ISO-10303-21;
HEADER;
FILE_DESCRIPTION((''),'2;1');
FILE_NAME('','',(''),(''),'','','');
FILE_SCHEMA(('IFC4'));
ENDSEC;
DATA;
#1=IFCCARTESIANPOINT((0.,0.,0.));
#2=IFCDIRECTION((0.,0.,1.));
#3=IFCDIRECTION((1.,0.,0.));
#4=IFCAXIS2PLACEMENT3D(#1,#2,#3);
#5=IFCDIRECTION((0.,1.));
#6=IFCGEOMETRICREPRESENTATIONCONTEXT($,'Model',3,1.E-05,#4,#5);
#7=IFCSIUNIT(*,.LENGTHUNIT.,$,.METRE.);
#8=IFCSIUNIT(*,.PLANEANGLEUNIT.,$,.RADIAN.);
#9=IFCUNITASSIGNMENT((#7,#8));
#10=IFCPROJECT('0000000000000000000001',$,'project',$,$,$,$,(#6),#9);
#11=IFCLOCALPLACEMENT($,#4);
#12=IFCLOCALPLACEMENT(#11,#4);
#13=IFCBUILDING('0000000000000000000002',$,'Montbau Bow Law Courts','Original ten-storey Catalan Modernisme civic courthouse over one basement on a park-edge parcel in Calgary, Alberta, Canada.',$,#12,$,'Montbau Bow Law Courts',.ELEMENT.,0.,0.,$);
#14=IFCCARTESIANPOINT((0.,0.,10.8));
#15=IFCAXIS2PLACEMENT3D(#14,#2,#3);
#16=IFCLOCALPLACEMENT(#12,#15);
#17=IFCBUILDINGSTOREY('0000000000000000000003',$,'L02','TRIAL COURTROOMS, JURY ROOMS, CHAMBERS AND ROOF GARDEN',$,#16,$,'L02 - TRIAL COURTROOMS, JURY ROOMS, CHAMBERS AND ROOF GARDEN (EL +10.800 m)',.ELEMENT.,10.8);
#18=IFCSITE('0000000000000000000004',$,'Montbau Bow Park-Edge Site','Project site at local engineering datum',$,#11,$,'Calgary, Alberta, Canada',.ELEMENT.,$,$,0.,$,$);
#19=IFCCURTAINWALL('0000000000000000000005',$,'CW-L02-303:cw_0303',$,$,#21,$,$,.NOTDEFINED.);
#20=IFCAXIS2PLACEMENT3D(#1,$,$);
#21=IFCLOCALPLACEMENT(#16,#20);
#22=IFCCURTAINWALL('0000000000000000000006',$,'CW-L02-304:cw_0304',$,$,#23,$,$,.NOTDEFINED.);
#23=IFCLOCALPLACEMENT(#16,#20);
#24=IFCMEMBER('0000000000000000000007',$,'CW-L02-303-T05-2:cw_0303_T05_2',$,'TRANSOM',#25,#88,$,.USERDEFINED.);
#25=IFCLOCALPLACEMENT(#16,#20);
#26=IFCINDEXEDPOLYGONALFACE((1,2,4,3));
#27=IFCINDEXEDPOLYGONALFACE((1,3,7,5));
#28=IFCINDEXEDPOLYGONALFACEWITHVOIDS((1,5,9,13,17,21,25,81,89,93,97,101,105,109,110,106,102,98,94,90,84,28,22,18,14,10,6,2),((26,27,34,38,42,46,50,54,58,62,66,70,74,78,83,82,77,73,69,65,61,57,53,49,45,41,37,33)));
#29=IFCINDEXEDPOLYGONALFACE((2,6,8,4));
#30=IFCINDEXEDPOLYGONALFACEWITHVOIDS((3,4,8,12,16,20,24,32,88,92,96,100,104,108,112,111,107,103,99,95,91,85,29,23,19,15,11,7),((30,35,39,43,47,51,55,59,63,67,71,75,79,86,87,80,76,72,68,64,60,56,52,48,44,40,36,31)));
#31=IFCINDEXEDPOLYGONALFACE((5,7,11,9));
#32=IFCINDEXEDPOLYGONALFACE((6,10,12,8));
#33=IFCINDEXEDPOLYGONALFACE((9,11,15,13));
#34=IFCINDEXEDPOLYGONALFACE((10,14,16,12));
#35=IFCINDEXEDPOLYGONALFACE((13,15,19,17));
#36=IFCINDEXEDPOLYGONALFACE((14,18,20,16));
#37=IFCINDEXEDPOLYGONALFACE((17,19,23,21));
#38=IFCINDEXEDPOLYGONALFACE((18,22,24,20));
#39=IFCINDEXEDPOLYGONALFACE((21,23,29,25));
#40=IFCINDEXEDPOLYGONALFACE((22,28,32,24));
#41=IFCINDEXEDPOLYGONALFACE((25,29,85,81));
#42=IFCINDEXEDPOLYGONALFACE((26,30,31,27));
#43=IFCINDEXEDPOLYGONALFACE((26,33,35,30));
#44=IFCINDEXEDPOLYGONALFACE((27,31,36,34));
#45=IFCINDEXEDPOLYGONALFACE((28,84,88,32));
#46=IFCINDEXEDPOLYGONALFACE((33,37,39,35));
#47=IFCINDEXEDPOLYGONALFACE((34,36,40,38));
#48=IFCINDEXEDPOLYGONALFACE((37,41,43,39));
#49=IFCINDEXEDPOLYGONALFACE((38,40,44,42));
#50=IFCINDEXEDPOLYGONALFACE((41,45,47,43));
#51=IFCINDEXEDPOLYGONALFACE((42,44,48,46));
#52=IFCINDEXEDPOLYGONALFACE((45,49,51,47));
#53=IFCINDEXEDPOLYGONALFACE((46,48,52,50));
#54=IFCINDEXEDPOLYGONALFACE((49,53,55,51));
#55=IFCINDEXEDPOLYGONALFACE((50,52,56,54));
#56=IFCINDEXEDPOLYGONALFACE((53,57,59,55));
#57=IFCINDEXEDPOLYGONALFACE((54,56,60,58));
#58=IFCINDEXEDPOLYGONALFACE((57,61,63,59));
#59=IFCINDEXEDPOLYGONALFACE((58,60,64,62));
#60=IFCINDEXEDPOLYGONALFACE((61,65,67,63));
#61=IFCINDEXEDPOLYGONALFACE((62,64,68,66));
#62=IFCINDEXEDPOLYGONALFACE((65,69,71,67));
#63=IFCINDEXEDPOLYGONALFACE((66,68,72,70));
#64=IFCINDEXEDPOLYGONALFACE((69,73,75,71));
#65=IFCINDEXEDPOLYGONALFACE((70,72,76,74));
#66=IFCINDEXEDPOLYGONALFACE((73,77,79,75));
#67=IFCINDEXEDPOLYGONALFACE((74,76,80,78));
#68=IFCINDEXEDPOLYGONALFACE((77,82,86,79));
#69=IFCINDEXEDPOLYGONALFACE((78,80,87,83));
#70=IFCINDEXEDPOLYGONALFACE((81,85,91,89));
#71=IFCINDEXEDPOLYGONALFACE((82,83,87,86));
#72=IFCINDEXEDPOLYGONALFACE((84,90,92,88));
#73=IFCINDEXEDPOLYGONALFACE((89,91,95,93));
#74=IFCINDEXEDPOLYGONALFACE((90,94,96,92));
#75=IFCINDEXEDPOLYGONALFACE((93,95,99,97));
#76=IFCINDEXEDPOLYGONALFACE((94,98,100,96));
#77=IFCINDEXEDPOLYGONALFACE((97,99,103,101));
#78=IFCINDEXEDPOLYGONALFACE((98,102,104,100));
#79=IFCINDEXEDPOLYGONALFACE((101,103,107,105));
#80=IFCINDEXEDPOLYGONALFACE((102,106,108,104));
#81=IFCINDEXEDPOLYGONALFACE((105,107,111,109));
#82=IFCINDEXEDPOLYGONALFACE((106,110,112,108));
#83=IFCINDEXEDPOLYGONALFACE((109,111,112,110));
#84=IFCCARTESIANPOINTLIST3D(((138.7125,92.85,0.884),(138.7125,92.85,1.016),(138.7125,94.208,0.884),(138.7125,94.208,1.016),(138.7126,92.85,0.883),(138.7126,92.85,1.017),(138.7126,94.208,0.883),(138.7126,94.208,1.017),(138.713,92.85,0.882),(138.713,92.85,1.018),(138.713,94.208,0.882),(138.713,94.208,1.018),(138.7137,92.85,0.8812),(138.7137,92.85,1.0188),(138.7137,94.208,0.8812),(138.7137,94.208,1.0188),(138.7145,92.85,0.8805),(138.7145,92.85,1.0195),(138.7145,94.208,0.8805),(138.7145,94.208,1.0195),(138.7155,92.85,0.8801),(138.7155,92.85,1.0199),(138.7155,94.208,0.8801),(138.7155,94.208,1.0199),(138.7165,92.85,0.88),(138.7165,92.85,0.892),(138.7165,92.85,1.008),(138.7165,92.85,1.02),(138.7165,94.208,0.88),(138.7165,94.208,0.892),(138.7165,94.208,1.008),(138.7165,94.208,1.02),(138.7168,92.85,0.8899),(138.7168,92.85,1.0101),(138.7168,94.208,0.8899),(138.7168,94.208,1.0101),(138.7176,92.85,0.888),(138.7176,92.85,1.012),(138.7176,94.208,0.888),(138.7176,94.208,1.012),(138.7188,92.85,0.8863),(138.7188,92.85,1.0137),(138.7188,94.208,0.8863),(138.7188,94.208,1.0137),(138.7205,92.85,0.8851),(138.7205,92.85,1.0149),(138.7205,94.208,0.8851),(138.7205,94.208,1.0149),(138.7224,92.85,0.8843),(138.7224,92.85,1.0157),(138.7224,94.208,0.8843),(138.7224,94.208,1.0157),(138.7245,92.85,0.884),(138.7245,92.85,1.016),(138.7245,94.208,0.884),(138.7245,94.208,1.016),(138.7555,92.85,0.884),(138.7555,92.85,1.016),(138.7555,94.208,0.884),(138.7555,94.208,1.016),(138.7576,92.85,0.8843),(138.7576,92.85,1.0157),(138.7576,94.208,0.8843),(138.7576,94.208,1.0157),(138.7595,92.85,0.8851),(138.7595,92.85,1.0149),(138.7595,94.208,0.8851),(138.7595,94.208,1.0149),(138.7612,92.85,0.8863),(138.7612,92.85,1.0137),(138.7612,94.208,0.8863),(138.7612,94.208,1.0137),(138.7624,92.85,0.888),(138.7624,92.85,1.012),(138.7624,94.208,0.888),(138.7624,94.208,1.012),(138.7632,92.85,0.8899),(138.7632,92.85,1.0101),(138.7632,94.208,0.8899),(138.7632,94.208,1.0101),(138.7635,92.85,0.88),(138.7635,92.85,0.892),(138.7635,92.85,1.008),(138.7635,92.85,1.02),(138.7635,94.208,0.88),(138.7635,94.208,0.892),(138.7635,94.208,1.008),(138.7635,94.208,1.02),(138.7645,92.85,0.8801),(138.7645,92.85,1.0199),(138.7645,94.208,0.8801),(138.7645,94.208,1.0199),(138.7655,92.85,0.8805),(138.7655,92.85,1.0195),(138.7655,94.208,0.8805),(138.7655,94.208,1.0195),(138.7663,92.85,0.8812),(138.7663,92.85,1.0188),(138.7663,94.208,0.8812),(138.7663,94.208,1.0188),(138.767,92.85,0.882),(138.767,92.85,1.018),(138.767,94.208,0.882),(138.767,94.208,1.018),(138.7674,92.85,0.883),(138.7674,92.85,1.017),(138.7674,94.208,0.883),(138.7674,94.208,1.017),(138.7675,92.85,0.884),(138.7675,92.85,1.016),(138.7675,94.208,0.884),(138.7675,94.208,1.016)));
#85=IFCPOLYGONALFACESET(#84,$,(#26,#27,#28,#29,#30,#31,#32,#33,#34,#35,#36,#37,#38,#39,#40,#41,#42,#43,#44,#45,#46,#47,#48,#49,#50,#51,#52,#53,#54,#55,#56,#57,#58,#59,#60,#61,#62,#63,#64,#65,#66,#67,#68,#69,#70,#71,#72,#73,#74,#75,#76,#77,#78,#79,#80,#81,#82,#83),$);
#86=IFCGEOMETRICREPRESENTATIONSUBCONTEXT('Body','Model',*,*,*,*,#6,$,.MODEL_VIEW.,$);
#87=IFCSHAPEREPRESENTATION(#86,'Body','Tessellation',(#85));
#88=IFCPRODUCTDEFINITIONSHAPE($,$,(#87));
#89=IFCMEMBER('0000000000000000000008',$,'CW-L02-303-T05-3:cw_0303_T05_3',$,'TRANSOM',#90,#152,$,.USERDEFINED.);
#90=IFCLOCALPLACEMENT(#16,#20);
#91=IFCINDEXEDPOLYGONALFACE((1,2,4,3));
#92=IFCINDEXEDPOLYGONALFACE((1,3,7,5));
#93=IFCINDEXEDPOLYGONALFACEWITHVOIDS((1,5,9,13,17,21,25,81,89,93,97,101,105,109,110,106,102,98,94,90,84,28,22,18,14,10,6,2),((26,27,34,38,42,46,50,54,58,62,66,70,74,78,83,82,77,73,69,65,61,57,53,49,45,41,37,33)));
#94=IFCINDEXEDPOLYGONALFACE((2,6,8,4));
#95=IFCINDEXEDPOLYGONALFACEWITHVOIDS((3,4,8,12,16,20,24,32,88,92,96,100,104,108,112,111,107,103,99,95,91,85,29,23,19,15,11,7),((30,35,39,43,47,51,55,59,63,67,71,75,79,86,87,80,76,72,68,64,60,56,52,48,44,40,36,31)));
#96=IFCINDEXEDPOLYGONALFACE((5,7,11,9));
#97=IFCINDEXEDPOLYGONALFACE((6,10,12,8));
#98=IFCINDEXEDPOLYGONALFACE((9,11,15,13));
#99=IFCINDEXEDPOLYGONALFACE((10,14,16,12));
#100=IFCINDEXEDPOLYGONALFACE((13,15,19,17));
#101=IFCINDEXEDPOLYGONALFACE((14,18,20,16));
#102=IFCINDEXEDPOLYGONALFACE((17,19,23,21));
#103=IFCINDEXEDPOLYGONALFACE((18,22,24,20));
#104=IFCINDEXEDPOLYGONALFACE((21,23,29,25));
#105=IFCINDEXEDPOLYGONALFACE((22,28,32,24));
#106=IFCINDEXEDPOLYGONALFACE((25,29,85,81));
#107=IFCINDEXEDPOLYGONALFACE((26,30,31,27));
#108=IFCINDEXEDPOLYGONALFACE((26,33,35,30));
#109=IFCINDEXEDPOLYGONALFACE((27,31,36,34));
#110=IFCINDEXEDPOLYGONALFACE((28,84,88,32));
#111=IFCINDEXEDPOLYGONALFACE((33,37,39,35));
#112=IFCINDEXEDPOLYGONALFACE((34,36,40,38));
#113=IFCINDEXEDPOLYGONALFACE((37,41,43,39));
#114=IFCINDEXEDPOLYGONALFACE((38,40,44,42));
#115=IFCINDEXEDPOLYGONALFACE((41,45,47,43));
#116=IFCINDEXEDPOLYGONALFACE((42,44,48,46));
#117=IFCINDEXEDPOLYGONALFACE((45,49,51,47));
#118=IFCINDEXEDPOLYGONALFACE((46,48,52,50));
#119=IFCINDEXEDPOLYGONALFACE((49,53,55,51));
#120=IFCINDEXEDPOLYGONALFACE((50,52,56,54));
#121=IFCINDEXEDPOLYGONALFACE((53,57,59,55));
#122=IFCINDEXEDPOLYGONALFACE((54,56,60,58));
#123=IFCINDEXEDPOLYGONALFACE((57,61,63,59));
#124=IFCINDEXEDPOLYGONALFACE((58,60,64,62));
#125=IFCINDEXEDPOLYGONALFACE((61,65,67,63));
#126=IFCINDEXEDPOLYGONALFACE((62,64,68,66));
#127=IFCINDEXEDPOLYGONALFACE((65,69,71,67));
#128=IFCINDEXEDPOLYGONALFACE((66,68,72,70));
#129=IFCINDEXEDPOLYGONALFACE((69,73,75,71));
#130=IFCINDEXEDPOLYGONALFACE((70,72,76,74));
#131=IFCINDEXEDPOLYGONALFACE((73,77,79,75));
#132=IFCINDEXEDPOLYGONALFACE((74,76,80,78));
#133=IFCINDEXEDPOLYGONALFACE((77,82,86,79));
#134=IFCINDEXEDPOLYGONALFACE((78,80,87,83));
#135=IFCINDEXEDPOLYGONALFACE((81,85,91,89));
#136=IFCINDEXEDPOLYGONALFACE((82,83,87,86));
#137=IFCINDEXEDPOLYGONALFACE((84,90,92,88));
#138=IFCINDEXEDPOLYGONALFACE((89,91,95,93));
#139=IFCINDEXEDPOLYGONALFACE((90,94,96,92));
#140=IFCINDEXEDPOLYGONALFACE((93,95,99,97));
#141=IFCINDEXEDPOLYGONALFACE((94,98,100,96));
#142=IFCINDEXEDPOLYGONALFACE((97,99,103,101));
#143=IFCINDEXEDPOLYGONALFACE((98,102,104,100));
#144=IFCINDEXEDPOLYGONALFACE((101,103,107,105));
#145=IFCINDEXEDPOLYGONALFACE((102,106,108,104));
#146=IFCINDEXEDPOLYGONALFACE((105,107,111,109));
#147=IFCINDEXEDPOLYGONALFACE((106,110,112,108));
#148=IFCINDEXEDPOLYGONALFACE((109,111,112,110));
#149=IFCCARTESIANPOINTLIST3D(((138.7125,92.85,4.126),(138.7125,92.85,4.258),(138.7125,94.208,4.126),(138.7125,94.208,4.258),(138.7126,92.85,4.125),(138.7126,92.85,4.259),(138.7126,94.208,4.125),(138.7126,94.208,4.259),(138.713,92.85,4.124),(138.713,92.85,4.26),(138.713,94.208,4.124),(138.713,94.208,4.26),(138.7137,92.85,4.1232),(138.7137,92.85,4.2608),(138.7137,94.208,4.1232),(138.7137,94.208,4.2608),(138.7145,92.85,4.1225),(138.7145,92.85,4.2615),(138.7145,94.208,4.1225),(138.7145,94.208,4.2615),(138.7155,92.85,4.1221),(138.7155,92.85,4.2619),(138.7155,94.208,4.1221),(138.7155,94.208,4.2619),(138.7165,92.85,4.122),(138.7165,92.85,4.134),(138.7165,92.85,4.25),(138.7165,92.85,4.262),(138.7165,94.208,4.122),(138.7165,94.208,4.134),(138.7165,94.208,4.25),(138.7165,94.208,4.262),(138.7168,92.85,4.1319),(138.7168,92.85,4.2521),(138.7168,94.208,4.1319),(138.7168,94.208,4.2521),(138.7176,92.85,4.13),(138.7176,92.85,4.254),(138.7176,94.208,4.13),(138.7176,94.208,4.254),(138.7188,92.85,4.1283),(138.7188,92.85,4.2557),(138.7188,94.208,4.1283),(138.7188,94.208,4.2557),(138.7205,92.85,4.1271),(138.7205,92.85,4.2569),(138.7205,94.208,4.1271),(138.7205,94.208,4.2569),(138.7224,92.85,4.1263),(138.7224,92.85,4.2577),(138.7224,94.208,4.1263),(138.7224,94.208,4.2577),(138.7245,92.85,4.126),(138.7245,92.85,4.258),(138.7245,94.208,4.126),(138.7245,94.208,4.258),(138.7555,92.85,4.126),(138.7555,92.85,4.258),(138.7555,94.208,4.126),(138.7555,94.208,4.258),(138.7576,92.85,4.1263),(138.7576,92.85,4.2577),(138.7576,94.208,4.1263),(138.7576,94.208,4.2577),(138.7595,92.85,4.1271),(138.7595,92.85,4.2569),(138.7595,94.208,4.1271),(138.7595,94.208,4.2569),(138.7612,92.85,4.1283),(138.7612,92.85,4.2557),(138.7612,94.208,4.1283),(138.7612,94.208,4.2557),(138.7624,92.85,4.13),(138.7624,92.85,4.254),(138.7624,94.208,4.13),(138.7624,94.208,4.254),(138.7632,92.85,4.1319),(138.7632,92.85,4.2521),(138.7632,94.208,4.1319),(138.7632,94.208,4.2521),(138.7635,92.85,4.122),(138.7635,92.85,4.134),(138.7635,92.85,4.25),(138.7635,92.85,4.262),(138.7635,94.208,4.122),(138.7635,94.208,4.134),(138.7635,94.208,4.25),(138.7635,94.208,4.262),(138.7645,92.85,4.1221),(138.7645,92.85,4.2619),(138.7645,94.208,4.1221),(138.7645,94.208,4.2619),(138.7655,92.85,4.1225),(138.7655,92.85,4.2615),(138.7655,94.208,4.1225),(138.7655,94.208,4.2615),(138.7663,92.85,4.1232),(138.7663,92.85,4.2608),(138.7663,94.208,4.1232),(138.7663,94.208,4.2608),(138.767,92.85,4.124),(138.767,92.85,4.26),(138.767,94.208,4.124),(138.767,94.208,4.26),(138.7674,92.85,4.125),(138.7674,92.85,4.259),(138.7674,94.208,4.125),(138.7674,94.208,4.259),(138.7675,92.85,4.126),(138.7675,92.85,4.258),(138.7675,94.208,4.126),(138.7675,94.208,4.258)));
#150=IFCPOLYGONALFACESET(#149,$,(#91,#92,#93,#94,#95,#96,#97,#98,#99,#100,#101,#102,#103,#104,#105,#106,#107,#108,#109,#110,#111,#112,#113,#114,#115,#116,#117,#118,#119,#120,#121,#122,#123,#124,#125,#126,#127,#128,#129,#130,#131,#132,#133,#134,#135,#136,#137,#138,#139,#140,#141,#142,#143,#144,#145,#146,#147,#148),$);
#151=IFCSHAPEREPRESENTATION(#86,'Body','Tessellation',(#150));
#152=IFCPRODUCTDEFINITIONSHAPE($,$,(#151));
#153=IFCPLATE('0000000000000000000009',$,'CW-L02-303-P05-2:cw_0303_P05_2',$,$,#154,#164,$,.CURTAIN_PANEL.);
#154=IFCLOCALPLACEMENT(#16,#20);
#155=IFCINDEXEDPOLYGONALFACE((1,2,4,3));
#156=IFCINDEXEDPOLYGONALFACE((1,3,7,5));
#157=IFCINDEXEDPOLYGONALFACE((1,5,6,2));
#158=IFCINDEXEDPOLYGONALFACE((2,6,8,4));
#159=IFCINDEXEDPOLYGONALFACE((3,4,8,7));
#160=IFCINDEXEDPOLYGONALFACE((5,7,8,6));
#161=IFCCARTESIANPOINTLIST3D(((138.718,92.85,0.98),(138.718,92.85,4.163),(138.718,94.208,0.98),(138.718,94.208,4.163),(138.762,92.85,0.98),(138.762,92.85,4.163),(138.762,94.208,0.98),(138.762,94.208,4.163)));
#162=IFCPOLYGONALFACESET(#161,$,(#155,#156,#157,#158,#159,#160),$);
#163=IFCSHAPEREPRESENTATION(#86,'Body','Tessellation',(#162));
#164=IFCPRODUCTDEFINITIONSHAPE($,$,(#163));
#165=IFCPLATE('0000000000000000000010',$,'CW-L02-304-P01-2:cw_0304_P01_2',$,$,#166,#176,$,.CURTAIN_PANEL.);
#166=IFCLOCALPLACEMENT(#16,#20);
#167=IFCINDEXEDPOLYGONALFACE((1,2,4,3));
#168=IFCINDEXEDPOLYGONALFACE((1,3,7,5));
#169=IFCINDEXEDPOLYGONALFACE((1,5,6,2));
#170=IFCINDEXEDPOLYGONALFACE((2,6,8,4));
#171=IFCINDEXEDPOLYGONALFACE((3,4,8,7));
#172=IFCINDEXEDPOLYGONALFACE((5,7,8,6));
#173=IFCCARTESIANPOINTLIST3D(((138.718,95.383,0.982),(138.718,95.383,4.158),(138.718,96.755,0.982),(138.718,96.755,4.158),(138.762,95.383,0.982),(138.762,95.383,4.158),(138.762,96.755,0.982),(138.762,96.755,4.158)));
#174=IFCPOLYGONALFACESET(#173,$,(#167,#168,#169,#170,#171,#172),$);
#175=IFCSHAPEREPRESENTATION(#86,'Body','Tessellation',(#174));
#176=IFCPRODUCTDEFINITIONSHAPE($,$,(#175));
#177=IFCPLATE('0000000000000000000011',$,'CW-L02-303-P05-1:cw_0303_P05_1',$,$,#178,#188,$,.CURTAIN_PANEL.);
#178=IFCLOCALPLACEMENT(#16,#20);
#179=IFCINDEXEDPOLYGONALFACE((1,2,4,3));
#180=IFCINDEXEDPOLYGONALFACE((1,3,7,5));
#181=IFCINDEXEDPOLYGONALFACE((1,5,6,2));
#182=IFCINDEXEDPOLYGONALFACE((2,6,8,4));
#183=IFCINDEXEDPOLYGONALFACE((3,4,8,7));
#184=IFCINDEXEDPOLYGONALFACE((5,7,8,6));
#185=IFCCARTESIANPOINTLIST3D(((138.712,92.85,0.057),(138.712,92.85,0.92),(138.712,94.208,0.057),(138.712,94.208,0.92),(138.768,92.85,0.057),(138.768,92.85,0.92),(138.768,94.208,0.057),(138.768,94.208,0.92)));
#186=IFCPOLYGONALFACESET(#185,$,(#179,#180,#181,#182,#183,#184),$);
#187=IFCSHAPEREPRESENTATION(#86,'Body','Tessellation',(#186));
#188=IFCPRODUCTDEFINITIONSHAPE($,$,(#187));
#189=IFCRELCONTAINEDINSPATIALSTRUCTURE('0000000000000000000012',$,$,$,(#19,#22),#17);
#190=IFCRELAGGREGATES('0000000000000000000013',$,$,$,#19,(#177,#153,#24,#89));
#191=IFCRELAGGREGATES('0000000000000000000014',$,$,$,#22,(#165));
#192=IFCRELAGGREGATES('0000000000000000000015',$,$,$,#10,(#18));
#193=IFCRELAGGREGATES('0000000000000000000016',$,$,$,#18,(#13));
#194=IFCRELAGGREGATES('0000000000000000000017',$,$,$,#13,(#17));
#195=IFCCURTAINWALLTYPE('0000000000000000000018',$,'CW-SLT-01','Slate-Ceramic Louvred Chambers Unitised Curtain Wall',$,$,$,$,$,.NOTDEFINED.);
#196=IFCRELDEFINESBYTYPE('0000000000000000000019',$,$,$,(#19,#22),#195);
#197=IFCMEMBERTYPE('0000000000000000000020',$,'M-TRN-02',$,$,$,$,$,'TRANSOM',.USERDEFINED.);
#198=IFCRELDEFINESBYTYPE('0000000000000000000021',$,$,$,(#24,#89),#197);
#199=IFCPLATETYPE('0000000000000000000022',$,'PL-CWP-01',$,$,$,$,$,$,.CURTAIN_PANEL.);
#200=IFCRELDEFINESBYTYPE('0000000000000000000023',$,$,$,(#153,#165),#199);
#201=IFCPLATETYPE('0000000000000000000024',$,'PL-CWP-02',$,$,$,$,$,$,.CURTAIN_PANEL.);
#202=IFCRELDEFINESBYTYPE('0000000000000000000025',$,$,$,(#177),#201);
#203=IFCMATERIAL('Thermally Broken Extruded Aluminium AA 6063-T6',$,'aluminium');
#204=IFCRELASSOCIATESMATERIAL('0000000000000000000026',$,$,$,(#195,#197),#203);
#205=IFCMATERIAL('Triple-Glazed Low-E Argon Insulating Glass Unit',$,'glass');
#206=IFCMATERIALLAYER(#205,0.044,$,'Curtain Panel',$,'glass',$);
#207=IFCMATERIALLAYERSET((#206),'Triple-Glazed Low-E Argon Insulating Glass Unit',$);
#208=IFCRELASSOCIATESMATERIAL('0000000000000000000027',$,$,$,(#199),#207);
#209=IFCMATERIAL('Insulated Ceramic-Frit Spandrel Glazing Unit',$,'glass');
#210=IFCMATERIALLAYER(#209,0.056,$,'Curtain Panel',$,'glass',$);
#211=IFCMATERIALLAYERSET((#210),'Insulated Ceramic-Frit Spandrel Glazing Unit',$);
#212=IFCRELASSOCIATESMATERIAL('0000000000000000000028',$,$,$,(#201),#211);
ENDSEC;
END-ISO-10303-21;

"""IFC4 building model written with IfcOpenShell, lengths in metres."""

from ifc_helpers import new_model, si_unit, direction, frame, frame_2d, origin_with_axes, origin_2d_with_axis, place, context, subcontext, project, spatial, rectangle, hollow_rectangle, extrude, material, layer, layer_set, material_profile, profile_set, type_object, element, aggregate, save


model = new_model("IFC4")

# Units and contexts
model_context = context("Model", 3, precision=1e-05, world=origin_with_axes(), true_north=direction((0.0, 1.0)))
body_context = subcontext(model_context, "Body", "Model", "MODEL_VIEW")
ifc_project = project(units=[si_unit("LENGTHUNIT", "METRE"), si_unit("PLANEANGLEUNIT", "RADIAN")], contexts=[model_context])

# Site, building, storey
site_placement = place(None, origin_with_axes())
site = spatial("IfcSite", under=ifc_project, at=site_placement, Name="Montbau Bow Park-Edge Site", Description="Project site at local engineering datum", LongName="Calgary, Alberta, Canada", CompositionType="ELEMENT", RefElevation=0.0)
building_placement = place(site_placement, origin_with_axes())
building = spatial("IfcBuilding", under=site, at=building_placement, Name="Montbau Bow Law Courts", Description="Original ten-storey Catalan Modernisme civic courthouse over one basement on a park-edge parcel in Calgary, Alberta, Canada.", LongName="Montbau Bow Law Courts", CompositionType="ELEMENT", ElevationOfRefHeight=0.0, ElevationOfTerrain=0.0)
storey_placement = place(building_placement, frame((0.0, 0.0, 10.8), z_axis=(0.0, 0.0, 1.0), x_axis=(1.0, 0.0, 0.0)))
storey = spatial("IfcBuildingStorey", under=building, at=storey_placement, Name="L02", Description="TRIAL COURTROOMS, JURY ROOMS, CHAMBERS AND ROOF GARDEN", LongName="L02 - TRIAL COURTROOMS, JURY ROOMS, CHAMBERS AND ROOF GARDEN (EL +10.800 m)", CompositionType="ELEMENT", Elevation=10.8)

# Curtain walls
ifc_material_1 = material(Name="Thermally Broken Extruded Aluminium AA 6063-T6", Category="aluminium")
curtain_wall_type = type_object("IfcCurtainWallType", Name="CW-SLT-01", Description="Slate-Ceramic Louvred Chambers Unitised Curtain Wall", PredefinedType="NOTDEFINED", material=ifc_material_1)
curtain_wall_1_placement = place(None, frame((138.74, 86.915, 10.8), z_axis=(0.0, 0.0, 1.0), x_axis=(1.0, 0.0, 0.0)))
curtain_wall_1 = element("IfcCurtainWall", 1, at=curtain_wall_1_placement, inside=storey, type_object=curtain_wall_type, Name="CW-L02-303:cw_0303", PredefinedType="NOTDEFINED")
curtain_wall_2_placement = place(None, frame((138.74, 95.315, 10.8), z_axis=(0.0, 0.0, 1.0), x_axis=(1.0, 0.0, 0.0)))
curtain_wall_2 = element("IfcCurtainWall", 2, at=curtain_wall_2_placement, inside=storey, type_object=curtain_wall_type, Name="CW-L02-304:cw_0304", PredefinedType="NOTDEFINED")

# Members
ifc_material_profile_1 = material_profile(ifc_material_1, hollow_rectangle(XDim=0.055, YDim=0.14, WallThickness=0.004, InnerFilletRadius=0.008, OuterFilletRadius=0.004, at=origin_2d_with_axis()), Name="CWT-140X55", Category="Main", Priority=0)
ifc_profile_set_1 = profile_set([ifc_material_profile_1], Name="Thermally Broken Extruded Aluminium AA 6063-T6")
member_type_1 = type_object("IfcMemberType", Name="M-TRN-02", ElementType="TRANSOM", PredefinedType="USERDEFINED", material=ifc_profile_set_1)
member_1_placement = place(None, frame((138.74, 92.85, 11.75), z_axis=(0.0, 1.0, 0.0), x_axis=(-1.0, 0.0, 0.0)))
member_1 = element("IfcMember", 3, at=member_1_placement, type_object=member_type_1, Name="CW-L02-303-T05-2:cw_0303_T05_2", ObjectType="TRANSOM", PredefinedType="USERDEFINED", context=body_context, shape_type="SweptSolid", body=[
    extrude(hollow_rectangle(XDim=0.055, YDim=0.14, WallThickness=0.004, InnerFilletRadius=0.008, OuterFilletRadius=0.004, at=origin_2d_with_axis()), origin_with_axes(), (0.0, 0.0, 1.0), 1.358),
])
member_2_placement = place(None, frame((138.74, 92.85, 14.992), z_axis=(0.0, 1.0, 0.0), x_axis=(-1.0, 0.0, 0.0)))
member_2 = element("IfcMember", 4, at=member_2_placement, type_object=member_type_1, Name="CW-L02-303-T05-3:cw_0303_T05_3", ObjectType="TRANSOM", PredefinedType="USERDEFINED", context=body_context, shape_type="SweptSolid", body=[
    extrude(hollow_rectangle(XDim=0.055, YDim=0.14, WallThickness=0.004, InnerFilletRadius=0.008, OuterFilletRadius=0.004, at=origin_2d_with_axis()), origin_with_axes(), (0.0, 0.0, 1.0), 1.358),
])

# Plates
ifc_material_2 = material(Name="Triple-Glazed Low-E Argon Insulating Glass Unit", Category="glass")
ifc_layer_1 = layer(ifc_material_2, 0.044, Name="Curtain Panel", Category="glass")
ifc_layer_set_1 = layer_set([ifc_layer_1], Name="Triple-Glazed Low-E Argon Insulating Glass Unit")
plate_type_1 = type_object("IfcPlateType", Name="PL-CWP-01", PredefinedType="CURTAIN_PANEL", material=ifc_layer_set_1)
plate_1_placement = place(None, frame((138.74, 92.85, 11.78), z_axis=(1.0, 0.0, 0.0), x_axis=(0.0, 1.0, 0.0)))
plate_1 = element("IfcPlate", 5, at=plate_1_placement, type_object=plate_type_1, Name="CW-L02-303-P05-2:cw_0303_P05_2", PredefinedType="CURTAIN_PANEL", context=body_context, shape_type="SweptSolid", body=[
    extrude(rectangle(XDim=1.358, YDim=3.183, at=frame_2d((0.679, 1.5915), x_axis=(1.0, 0.0))), frame((0.0, 0.0, -0.022), z_axis=(0.0, 0.0, 1.0), x_axis=(1.0, 0.0, 0.0)), (0.0, 0.0, 1.0), 0.044),
])
plate_2_placement = place(None, frame((138.74, 95.383, 11.782), z_axis=(1.0, 0.0, 0.0), x_axis=(0.0, 1.0, 0.0)))
plate_2 = element("IfcPlate", 6, at=plate_2_placement, type_object=plate_type_1, Name="CW-L02-304-P01-2:cw_0304_P01_2", PredefinedType="CURTAIN_PANEL", context=body_context, shape_type="SweptSolid", body=[
    extrude(rectangle(XDim=1.372, YDim=3.176, at=frame_2d((0.686, 1.588), x_axis=(1.0, 0.0))), frame((0.0, 0.0, -0.022), z_axis=(0.0, 0.0, 1.0), x_axis=(1.0, 0.0, 0.0)), (0.0, 0.0, 1.0), 0.044),
])
ifc_material_3 = material(Name="Insulated Ceramic-Frit Spandrel Glazing Unit", Category="glass")
ifc_layer_2 = layer(ifc_material_3, 0.056, Name="Curtain Panel", Category="glass")
ifc_layer_set_2 = layer_set([ifc_layer_2], Name="Insulated Ceramic-Frit Spandrel Glazing Unit")
plate_type_2 = type_object("IfcPlateType", Name="PL-CWP-02", PredefinedType="CURTAIN_PANEL", material=ifc_layer_set_2)
plate_3_placement = place(None, frame((138.74, 92.85, 10.857), z_axis=(1.0, 0.0, 0.0), x_axis=(0.0, 1.0, 0.0)))
plate_3 = element("IfcPlate", 7, at=plate_3_placement, type_object=plate_type_2, Name="CW-L02-303-P05-1:cw_0303_P05_1", PredefinedType="CURTAIN_PANEL", context=body_context, shape_type="SweptSolid", body=[
    extrude(rectangle(XDim=1.358, YDim=0.863, at=frame_2d((0.679, 0.4315), x_axis=(1.0, 0.0))), frame((0.0, 0.0, -0.028), z_axis=(0.0, 0.0, 1.0), x_axis=(1.0, 0.0, 0.0)), (0.0, 0.0, 1.0), 0.056),
])
aggregate(curtain_wall_1, [plate_3, plate_1, member_1, member_2])
aggregate(curtain_wall_2, [plate_2])

save(model, "model.ifc")
